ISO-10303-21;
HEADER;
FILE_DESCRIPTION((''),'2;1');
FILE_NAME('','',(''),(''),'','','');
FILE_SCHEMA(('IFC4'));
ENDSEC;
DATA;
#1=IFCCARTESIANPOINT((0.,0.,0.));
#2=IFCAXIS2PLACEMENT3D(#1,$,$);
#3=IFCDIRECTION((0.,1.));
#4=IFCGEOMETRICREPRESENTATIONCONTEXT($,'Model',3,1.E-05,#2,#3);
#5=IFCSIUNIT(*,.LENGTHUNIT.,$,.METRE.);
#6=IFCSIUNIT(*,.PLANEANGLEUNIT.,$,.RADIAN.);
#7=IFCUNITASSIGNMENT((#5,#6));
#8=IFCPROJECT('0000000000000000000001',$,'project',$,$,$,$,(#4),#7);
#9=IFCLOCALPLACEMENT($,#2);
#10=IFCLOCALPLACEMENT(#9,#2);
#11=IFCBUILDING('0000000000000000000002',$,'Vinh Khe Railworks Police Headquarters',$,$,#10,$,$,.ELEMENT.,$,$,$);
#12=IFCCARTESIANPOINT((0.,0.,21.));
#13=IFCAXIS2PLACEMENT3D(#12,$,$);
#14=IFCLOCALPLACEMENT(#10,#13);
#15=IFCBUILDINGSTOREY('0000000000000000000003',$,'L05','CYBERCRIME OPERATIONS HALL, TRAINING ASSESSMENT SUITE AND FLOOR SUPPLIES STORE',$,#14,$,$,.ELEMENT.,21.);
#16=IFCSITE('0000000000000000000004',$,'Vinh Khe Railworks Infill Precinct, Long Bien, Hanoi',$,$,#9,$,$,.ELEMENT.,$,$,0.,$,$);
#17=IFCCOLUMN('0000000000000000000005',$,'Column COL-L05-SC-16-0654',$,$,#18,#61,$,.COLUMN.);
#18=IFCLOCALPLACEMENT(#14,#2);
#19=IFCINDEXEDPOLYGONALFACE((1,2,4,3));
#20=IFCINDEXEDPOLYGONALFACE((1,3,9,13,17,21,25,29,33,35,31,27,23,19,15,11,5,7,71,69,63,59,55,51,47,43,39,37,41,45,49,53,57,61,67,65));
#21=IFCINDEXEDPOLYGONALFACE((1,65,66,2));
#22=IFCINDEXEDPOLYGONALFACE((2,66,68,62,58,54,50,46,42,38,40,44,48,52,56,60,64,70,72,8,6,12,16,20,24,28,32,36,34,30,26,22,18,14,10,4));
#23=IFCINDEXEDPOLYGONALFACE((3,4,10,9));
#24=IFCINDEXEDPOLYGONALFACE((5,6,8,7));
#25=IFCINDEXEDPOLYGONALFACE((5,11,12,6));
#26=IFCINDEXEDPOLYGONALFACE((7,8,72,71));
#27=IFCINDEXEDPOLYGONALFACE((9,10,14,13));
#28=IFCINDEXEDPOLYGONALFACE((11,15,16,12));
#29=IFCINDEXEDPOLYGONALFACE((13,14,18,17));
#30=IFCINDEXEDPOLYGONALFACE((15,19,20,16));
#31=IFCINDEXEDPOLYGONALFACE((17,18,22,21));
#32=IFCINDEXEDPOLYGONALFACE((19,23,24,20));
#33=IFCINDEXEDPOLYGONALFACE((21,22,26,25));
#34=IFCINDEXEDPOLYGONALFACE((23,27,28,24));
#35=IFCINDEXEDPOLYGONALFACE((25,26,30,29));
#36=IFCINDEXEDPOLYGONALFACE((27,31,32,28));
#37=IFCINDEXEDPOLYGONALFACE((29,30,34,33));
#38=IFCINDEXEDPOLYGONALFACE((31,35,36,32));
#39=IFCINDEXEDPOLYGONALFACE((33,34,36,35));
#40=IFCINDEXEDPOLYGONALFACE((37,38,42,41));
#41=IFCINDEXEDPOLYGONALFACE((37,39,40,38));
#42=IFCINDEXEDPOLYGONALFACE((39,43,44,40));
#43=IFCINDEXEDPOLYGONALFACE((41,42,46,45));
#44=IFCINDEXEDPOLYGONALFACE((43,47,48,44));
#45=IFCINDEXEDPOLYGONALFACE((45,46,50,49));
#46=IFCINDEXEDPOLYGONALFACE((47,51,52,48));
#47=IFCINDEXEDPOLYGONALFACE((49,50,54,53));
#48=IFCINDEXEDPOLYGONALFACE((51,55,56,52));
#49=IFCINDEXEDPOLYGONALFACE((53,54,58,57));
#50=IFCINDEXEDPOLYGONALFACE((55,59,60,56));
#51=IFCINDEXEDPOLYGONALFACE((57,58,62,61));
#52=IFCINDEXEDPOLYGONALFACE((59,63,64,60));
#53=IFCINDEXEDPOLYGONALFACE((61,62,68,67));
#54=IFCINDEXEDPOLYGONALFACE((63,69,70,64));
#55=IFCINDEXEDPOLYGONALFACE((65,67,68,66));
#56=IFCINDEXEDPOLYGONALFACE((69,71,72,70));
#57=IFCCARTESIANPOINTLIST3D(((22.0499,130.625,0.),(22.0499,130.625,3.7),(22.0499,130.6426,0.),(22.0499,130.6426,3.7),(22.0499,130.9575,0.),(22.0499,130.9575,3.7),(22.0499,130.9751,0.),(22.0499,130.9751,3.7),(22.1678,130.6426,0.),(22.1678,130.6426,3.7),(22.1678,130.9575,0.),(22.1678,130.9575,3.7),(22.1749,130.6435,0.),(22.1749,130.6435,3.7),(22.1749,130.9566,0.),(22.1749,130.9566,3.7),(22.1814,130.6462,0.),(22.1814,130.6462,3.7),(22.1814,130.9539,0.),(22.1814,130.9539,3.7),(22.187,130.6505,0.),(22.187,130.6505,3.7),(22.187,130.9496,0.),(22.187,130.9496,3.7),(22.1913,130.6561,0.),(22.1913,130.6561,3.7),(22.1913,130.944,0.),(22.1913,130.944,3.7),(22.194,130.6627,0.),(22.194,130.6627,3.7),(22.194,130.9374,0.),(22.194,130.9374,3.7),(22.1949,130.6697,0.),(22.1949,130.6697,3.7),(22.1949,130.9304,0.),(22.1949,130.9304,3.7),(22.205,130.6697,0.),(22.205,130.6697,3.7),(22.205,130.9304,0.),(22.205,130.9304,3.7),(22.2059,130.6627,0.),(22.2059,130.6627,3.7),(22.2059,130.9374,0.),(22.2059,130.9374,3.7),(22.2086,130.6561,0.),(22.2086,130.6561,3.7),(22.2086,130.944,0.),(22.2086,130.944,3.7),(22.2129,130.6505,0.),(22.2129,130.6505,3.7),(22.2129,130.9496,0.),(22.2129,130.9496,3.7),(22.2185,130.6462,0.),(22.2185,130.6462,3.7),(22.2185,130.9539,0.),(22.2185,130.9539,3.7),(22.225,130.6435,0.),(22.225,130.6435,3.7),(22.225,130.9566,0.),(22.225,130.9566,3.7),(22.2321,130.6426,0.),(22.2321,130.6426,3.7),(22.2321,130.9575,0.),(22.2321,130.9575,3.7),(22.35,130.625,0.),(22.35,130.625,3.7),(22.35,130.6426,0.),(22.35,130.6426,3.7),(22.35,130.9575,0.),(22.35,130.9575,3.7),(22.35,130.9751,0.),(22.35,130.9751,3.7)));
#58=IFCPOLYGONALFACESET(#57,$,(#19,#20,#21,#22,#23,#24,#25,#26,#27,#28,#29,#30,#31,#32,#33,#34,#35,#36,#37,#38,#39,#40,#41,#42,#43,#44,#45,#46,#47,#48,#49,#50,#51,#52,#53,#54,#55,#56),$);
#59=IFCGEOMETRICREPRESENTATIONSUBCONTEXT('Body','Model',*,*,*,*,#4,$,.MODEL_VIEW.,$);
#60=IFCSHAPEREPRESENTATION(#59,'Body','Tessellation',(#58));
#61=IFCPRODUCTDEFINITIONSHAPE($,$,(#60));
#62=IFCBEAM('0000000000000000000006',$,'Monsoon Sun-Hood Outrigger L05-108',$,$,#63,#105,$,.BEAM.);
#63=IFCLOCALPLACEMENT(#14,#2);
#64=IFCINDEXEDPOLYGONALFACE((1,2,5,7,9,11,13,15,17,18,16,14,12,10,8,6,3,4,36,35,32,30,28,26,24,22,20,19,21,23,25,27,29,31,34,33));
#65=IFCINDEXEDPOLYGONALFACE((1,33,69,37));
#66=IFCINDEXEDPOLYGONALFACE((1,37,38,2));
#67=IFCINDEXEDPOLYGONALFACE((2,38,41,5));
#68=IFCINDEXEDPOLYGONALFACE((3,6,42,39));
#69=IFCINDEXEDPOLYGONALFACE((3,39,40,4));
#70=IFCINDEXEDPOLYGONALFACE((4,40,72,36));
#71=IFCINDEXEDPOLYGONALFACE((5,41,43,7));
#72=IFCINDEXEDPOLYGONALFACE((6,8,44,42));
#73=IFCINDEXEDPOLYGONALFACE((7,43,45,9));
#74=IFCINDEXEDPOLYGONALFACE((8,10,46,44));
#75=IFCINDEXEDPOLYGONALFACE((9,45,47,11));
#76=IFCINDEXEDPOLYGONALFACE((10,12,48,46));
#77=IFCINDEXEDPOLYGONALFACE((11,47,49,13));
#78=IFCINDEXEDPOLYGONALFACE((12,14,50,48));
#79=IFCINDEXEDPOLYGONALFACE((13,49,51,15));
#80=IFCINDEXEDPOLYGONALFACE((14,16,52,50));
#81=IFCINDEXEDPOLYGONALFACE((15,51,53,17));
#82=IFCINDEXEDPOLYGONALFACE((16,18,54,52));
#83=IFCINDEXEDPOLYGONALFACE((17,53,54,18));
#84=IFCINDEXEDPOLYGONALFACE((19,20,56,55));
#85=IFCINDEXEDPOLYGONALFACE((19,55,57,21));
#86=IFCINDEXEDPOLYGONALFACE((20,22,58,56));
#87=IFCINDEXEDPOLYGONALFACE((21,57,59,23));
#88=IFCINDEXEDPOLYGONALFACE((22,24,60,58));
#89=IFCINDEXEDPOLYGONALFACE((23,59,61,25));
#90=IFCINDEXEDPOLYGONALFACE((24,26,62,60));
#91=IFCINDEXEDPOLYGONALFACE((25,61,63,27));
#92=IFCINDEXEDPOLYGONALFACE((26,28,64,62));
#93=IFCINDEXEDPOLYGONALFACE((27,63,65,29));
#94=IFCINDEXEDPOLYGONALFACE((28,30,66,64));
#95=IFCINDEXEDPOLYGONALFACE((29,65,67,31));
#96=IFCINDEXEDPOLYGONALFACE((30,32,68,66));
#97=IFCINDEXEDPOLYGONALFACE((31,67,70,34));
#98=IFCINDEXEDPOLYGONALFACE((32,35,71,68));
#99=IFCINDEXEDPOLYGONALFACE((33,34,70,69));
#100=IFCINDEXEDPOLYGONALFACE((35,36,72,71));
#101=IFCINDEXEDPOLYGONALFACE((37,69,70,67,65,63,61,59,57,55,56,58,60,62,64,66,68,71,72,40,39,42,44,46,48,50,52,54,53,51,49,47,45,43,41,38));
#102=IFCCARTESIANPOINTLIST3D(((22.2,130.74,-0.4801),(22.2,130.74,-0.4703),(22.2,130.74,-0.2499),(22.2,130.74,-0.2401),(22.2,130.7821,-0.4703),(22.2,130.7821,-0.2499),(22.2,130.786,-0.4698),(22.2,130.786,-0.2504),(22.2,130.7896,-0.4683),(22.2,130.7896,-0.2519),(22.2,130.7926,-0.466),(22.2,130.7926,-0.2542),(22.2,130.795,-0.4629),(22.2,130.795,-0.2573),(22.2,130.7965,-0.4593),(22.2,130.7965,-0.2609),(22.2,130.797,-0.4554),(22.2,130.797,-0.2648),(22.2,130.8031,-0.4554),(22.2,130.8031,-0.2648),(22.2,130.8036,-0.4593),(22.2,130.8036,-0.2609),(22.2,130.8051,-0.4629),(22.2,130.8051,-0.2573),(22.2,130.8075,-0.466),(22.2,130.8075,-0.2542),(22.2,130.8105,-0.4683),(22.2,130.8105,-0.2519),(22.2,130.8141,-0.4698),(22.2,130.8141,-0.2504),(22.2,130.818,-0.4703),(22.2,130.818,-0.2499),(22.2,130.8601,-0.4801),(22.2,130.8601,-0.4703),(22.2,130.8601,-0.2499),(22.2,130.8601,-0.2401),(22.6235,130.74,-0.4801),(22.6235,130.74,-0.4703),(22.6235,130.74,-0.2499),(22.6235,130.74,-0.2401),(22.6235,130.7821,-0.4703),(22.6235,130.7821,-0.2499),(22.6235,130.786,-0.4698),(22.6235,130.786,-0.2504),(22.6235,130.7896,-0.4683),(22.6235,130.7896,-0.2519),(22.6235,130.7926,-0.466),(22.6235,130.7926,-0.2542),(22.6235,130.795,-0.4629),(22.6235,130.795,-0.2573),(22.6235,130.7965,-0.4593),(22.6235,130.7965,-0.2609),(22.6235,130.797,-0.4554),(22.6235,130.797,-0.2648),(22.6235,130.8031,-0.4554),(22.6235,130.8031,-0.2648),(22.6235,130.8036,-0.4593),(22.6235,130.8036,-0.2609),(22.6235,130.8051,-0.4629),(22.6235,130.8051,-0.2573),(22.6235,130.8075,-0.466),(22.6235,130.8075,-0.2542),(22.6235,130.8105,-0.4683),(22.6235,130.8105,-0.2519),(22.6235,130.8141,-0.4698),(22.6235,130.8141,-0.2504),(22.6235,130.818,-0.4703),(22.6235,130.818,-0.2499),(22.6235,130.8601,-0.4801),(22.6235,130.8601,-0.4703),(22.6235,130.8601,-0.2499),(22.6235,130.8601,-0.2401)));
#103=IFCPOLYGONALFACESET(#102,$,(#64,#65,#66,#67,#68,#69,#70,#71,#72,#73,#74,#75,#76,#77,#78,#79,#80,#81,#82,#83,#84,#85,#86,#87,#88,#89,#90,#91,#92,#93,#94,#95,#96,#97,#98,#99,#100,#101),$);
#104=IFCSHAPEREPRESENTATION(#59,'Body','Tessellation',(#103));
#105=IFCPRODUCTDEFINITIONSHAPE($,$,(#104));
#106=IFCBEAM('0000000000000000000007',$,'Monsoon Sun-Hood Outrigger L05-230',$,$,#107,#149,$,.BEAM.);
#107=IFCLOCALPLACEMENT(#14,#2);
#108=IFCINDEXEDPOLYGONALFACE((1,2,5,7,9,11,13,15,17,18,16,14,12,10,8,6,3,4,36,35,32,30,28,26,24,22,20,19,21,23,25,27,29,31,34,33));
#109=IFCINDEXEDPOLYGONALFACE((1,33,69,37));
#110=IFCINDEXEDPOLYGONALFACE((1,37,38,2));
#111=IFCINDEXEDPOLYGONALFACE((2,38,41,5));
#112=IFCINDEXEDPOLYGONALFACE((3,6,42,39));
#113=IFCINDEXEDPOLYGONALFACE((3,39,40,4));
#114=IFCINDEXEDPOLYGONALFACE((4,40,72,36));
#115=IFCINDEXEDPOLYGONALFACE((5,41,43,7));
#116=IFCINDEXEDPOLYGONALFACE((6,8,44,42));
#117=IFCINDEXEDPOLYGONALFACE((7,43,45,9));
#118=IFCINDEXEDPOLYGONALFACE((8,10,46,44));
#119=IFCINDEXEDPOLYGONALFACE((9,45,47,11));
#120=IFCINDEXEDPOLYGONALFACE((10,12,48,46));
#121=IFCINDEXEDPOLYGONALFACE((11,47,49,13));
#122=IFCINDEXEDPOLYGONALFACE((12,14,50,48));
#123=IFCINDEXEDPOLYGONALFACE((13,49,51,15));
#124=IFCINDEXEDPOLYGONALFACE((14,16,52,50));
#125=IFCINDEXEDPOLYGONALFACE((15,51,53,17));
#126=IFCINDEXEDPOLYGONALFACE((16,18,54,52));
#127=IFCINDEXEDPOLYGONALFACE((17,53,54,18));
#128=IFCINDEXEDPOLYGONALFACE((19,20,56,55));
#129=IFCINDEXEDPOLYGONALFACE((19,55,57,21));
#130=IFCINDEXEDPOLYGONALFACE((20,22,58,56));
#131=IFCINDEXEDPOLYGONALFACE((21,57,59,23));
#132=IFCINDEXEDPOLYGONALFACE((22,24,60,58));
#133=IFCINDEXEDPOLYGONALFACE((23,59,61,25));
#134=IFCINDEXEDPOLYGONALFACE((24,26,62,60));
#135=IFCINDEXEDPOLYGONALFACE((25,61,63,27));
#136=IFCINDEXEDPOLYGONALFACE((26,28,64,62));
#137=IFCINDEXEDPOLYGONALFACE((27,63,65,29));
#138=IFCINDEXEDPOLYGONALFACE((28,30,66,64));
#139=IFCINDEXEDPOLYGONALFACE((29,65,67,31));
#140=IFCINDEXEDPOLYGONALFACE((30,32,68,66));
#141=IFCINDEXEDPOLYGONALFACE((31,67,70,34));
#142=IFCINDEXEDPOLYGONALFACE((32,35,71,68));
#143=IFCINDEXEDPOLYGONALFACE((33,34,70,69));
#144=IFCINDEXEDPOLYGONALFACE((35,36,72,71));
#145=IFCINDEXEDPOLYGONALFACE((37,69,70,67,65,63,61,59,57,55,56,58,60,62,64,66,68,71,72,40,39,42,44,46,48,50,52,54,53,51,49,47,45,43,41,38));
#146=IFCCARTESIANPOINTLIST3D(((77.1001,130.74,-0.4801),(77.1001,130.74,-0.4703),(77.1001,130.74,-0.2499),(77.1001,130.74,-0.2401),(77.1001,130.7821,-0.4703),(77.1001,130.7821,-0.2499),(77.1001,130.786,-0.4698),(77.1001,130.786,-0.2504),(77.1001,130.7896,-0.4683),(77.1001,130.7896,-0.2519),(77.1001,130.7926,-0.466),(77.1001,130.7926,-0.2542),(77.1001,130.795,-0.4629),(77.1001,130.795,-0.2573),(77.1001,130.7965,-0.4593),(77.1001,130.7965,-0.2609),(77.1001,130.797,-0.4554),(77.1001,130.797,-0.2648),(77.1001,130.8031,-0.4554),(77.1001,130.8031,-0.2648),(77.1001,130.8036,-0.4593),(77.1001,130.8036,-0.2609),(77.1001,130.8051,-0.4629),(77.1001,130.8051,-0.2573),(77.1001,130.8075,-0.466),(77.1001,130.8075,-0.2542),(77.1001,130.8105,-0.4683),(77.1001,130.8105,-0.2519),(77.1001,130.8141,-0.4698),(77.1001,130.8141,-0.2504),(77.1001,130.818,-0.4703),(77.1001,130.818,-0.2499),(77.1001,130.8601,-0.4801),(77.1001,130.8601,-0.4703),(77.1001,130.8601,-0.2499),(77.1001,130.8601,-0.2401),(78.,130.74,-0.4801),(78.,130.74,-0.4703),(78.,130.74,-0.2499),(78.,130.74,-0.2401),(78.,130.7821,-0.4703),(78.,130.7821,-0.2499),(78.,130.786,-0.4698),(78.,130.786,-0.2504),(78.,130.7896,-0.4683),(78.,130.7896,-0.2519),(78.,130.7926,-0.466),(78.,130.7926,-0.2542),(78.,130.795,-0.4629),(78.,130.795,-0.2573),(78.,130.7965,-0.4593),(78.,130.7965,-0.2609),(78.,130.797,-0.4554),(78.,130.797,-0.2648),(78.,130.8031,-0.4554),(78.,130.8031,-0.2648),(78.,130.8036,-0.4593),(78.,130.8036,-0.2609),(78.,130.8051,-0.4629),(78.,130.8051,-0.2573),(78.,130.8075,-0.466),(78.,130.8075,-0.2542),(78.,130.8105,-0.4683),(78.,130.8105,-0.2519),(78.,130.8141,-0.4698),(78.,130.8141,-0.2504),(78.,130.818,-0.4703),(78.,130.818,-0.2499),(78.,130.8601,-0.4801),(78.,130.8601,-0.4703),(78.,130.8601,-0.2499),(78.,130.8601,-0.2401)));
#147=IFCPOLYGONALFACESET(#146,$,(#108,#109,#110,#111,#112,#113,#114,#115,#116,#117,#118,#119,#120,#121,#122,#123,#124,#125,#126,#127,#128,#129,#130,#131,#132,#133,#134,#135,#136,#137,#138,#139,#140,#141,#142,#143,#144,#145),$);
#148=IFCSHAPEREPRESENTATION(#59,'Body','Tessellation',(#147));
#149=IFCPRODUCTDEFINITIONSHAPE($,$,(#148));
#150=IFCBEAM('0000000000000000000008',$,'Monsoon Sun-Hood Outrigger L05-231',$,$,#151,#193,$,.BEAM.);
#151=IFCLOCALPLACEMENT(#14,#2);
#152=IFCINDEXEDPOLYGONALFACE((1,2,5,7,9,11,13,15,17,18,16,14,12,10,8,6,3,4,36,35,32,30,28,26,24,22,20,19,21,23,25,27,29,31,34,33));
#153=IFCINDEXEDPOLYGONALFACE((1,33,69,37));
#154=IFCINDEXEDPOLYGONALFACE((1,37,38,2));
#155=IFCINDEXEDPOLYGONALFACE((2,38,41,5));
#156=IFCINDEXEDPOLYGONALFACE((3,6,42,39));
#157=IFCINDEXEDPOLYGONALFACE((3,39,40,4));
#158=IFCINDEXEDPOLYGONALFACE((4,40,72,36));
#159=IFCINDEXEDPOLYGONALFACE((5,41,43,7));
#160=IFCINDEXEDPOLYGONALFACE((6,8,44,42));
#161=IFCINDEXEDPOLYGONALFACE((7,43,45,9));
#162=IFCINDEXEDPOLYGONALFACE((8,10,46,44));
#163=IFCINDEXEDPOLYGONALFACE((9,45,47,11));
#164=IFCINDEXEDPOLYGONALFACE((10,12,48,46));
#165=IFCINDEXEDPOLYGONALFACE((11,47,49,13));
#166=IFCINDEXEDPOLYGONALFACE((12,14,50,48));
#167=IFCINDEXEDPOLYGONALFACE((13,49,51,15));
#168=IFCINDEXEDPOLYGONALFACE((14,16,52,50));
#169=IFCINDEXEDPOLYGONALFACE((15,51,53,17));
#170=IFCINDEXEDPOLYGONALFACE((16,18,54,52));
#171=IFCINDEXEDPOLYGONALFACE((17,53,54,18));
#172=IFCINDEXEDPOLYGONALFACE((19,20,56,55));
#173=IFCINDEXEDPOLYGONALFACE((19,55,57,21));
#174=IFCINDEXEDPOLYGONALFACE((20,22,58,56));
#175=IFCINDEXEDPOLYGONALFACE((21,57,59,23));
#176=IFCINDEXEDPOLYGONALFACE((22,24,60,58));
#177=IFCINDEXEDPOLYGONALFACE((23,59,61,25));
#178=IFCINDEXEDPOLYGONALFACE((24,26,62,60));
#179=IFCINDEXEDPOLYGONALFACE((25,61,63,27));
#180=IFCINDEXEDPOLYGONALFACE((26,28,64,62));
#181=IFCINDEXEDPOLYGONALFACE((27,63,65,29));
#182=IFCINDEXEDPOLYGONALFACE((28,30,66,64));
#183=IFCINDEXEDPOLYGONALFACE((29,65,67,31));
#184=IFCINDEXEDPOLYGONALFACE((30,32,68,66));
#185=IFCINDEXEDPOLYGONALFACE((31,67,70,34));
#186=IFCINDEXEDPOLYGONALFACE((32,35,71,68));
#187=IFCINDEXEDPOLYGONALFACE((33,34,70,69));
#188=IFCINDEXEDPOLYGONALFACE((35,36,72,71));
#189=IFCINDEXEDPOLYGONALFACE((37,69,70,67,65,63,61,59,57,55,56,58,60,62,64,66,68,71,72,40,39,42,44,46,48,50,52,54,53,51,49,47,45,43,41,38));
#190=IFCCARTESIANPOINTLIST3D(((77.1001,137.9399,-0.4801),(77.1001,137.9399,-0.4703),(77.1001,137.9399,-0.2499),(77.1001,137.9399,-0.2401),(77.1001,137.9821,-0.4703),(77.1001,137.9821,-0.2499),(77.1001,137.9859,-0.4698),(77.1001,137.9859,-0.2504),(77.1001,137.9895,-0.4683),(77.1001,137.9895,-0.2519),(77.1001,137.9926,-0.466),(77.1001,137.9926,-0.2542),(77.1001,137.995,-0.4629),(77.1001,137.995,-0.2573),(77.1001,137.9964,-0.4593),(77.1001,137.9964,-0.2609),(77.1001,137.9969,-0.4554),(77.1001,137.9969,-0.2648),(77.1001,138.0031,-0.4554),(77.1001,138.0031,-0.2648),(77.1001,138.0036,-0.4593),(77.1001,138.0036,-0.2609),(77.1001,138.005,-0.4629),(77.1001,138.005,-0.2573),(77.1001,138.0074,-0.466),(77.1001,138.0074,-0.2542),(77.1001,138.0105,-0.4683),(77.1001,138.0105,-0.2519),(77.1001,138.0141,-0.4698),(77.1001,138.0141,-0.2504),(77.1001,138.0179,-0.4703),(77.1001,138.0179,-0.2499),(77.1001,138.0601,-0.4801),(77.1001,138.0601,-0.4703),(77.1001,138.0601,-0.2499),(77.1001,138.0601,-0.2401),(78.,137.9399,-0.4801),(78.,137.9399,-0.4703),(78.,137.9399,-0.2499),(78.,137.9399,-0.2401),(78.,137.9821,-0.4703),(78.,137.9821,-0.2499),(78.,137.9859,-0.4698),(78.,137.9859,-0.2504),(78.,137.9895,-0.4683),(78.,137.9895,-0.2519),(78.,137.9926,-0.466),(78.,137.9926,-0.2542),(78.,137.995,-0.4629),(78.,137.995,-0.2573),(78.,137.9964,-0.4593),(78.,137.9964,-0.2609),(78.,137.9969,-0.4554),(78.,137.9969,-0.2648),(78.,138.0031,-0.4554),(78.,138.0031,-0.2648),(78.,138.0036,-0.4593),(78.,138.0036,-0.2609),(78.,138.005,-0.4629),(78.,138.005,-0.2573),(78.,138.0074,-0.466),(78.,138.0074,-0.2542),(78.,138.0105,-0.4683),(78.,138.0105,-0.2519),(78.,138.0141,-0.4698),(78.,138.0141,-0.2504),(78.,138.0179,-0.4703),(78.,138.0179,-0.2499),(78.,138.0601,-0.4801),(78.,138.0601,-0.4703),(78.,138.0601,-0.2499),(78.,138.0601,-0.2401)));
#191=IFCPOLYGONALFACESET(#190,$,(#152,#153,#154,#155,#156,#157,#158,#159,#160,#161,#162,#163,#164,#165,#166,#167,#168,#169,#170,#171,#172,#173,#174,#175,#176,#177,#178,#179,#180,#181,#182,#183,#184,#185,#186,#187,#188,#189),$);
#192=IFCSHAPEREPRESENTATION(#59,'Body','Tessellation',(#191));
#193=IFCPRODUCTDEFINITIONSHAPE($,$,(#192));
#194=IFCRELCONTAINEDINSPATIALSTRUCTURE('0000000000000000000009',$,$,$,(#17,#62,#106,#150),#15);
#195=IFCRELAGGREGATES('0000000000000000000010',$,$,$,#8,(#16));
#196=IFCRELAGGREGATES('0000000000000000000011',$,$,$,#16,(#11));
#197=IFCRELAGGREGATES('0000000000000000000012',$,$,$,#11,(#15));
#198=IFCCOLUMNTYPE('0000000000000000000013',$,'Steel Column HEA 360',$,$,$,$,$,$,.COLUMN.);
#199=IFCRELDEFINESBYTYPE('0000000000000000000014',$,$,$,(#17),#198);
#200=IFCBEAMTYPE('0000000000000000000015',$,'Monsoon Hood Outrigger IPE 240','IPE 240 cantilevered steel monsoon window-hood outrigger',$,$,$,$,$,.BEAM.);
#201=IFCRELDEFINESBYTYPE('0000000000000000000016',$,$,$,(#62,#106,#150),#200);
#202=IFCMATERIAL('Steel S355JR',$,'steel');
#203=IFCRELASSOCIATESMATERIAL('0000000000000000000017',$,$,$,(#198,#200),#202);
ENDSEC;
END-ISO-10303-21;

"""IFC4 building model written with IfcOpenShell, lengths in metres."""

from ifc_helpers import new_model, si_unit, direction, frame, origin, origin_2d, place, context, subcontext, project, spatial, i_section, extrude, material, material_profile, profile_set, type_object, element, save


model = new_model("IFC4")

# Units and contexts
model_context = context("Model", 3, precision=1e-05, world=origin(), true_north=direction((0.0, 1.0)))
body_context = subcontext(model_context, "Body", "Model", "MODEL_VIEW")
ifc_project = project(units=[si_unit("LENGTHUNIT", "METRE"), si_unit("PLANEANGLEUNIT", "RADIAN")], contexts=[model_context])

# Site, building, storey
site_placement = place(None, origin())
site = spatial("IfcSite", under=ifc_project, at=site_placement, Name="Vinh Khe Railworks Infill Precinct, Long Bien, Hanoi", CompositionType="ELEMENT", RefElevation=0.0)
building_placement = place(site_placement, origin())
building = spatial("IfcBuilding", under=site, at=building_placement, Name="Vinh Khe Railworks Police Headquarters", CompositionType="ELEMENT")
storey_placement = place(building_placement, frame((0.0, 0.0, 21.0)))
storey = spatial("IfcBuildingStorey", under=building, at=storey_placement, Name="L05", Description="CYBERCRIME OPERATIONS HALL, TRAINING ASSESSMENT SUITE AND FLOOR SUPPLIES STORE", CompositionType="ELEMENT", Elevation=21.0)

# Column
ifc_material_1 = material(Name="Steel S355JR", Category="steel")
ifc_material_profile_1 = material_profile(ifc_material_1, i_section(OverallWidth=0.3, OverallDepth=0.3501, WebThickness=0.01, FlangeThickness=0.0176, FilletRadius=0.0271, at=origin_2d()), Name="HEA 360")
ifc_profile_set_1 = profile_set([ifc_material_profile_1], Name="Steel S355JR")
column_type = type_object("IfcColumnType", Name="Steel Column HEA 360", PredefinedType="COLUMN", material=ifc_profile_set_1)
column_placement = place(storey_placement, frame((22.2, 130.8, 0.0), z_axis=(0.0, 0.0, 1.0), x_axis=(1.0, 0.0, 0.0)))
element("IfcColumn", 1, at=column_placement, inside=storey, type_object=column_type, Name="Column COL-L05-SC-16-0654", PredefinedType="COLUMN", context=body_context, shape_type="SweptSolid", body=[
    extrude(i_section(OverallWidth=0.3, OverallDepth=0.3501, WebThickness=0.01, FlangeThickness=0.0176, FilletRadius=0.0271, at=origin_2d()), origin(), (0.0, 0.0, 1.0), 3.7),
])

# Beams
ifc_material_profile_2 = material_profile(ifc_material_1, i_section(OverallWidth=0.1201, OverallDepth=0.24, WebThickness=0.0061, FlangeThickness=0.0098, FilletRadius=0.0149, at=origin_2d()), Name="IPE 240")
ifc_profile_set_2 = profile_set([ifc_material_profile_2], Name="Steel S355JR")
beam_type_1 = type_object("IfcBeamType", Name="Monsoon Hood Outrigger IPE 240", Description="IPE 240 cantilevered steel monsoon window-hood outrigger", PredefinedType="BEAM", material=ifc_profile_set_2)
beam_1_placement = place(storey_placement, frame((22.2, 130.8, -0.3601), z_axis=(1.0, 0.0, 0.0), x_axis=(0.0, 1.0, 0.0)))
element("IfcBeam", 2, at=beam_1_placement, inside=storey, type_object=beam_type_1, Name="Monsoon Sun-Hood Outrigger L05-108", PredefinedType="BEAM", context=body_context, shape_type="SweptSolid", body=[
    extrude(i_section(OverallWidth=0.1201, OverallDepth=0.24, WebThickness=0.0061, FlangeThickness=0.0098, FilletRadius=0.0149, at=origin_2d()), origin(), (0.0, 0.0, 1.0), 0.4236),
])
for number, where, z_axis, x_axis, name in (
    (3, (77.1001, 130.8, -0.3601), (1.0, 0.0, 0.0), (0.0, 1.0, 0.0), "Monsoon Sun-Hood Outrigger L05-230"),
    (4, (77.1001, 138.0, -0.3601), (1.0, 0.0, 0.0), (0.0, 1.0, 0.0), "Monsoon Sun-Hood Outrigger L05-231"),
):
    element("IfcBeam", number, at=place(storey_placement, frame(where, z_axis=z_axis, x_axis=x_axis)), inside=storey, type_object=beam_type_1, Name=name, PredefinedType="BEAM", context=body_context, shape_type="SweptSolid", body=[
        extrude(i_section(OverallWidth=0.1201, OverallDepth=0.24, WebThickness=0.0061, FlangeThickness=0.0098, FilletRadius=0.0149, at=origin_2d()), origin(), (0.0, 0.0, 1.0), 0.8999),
    ])

save(model, "model.ifc")
